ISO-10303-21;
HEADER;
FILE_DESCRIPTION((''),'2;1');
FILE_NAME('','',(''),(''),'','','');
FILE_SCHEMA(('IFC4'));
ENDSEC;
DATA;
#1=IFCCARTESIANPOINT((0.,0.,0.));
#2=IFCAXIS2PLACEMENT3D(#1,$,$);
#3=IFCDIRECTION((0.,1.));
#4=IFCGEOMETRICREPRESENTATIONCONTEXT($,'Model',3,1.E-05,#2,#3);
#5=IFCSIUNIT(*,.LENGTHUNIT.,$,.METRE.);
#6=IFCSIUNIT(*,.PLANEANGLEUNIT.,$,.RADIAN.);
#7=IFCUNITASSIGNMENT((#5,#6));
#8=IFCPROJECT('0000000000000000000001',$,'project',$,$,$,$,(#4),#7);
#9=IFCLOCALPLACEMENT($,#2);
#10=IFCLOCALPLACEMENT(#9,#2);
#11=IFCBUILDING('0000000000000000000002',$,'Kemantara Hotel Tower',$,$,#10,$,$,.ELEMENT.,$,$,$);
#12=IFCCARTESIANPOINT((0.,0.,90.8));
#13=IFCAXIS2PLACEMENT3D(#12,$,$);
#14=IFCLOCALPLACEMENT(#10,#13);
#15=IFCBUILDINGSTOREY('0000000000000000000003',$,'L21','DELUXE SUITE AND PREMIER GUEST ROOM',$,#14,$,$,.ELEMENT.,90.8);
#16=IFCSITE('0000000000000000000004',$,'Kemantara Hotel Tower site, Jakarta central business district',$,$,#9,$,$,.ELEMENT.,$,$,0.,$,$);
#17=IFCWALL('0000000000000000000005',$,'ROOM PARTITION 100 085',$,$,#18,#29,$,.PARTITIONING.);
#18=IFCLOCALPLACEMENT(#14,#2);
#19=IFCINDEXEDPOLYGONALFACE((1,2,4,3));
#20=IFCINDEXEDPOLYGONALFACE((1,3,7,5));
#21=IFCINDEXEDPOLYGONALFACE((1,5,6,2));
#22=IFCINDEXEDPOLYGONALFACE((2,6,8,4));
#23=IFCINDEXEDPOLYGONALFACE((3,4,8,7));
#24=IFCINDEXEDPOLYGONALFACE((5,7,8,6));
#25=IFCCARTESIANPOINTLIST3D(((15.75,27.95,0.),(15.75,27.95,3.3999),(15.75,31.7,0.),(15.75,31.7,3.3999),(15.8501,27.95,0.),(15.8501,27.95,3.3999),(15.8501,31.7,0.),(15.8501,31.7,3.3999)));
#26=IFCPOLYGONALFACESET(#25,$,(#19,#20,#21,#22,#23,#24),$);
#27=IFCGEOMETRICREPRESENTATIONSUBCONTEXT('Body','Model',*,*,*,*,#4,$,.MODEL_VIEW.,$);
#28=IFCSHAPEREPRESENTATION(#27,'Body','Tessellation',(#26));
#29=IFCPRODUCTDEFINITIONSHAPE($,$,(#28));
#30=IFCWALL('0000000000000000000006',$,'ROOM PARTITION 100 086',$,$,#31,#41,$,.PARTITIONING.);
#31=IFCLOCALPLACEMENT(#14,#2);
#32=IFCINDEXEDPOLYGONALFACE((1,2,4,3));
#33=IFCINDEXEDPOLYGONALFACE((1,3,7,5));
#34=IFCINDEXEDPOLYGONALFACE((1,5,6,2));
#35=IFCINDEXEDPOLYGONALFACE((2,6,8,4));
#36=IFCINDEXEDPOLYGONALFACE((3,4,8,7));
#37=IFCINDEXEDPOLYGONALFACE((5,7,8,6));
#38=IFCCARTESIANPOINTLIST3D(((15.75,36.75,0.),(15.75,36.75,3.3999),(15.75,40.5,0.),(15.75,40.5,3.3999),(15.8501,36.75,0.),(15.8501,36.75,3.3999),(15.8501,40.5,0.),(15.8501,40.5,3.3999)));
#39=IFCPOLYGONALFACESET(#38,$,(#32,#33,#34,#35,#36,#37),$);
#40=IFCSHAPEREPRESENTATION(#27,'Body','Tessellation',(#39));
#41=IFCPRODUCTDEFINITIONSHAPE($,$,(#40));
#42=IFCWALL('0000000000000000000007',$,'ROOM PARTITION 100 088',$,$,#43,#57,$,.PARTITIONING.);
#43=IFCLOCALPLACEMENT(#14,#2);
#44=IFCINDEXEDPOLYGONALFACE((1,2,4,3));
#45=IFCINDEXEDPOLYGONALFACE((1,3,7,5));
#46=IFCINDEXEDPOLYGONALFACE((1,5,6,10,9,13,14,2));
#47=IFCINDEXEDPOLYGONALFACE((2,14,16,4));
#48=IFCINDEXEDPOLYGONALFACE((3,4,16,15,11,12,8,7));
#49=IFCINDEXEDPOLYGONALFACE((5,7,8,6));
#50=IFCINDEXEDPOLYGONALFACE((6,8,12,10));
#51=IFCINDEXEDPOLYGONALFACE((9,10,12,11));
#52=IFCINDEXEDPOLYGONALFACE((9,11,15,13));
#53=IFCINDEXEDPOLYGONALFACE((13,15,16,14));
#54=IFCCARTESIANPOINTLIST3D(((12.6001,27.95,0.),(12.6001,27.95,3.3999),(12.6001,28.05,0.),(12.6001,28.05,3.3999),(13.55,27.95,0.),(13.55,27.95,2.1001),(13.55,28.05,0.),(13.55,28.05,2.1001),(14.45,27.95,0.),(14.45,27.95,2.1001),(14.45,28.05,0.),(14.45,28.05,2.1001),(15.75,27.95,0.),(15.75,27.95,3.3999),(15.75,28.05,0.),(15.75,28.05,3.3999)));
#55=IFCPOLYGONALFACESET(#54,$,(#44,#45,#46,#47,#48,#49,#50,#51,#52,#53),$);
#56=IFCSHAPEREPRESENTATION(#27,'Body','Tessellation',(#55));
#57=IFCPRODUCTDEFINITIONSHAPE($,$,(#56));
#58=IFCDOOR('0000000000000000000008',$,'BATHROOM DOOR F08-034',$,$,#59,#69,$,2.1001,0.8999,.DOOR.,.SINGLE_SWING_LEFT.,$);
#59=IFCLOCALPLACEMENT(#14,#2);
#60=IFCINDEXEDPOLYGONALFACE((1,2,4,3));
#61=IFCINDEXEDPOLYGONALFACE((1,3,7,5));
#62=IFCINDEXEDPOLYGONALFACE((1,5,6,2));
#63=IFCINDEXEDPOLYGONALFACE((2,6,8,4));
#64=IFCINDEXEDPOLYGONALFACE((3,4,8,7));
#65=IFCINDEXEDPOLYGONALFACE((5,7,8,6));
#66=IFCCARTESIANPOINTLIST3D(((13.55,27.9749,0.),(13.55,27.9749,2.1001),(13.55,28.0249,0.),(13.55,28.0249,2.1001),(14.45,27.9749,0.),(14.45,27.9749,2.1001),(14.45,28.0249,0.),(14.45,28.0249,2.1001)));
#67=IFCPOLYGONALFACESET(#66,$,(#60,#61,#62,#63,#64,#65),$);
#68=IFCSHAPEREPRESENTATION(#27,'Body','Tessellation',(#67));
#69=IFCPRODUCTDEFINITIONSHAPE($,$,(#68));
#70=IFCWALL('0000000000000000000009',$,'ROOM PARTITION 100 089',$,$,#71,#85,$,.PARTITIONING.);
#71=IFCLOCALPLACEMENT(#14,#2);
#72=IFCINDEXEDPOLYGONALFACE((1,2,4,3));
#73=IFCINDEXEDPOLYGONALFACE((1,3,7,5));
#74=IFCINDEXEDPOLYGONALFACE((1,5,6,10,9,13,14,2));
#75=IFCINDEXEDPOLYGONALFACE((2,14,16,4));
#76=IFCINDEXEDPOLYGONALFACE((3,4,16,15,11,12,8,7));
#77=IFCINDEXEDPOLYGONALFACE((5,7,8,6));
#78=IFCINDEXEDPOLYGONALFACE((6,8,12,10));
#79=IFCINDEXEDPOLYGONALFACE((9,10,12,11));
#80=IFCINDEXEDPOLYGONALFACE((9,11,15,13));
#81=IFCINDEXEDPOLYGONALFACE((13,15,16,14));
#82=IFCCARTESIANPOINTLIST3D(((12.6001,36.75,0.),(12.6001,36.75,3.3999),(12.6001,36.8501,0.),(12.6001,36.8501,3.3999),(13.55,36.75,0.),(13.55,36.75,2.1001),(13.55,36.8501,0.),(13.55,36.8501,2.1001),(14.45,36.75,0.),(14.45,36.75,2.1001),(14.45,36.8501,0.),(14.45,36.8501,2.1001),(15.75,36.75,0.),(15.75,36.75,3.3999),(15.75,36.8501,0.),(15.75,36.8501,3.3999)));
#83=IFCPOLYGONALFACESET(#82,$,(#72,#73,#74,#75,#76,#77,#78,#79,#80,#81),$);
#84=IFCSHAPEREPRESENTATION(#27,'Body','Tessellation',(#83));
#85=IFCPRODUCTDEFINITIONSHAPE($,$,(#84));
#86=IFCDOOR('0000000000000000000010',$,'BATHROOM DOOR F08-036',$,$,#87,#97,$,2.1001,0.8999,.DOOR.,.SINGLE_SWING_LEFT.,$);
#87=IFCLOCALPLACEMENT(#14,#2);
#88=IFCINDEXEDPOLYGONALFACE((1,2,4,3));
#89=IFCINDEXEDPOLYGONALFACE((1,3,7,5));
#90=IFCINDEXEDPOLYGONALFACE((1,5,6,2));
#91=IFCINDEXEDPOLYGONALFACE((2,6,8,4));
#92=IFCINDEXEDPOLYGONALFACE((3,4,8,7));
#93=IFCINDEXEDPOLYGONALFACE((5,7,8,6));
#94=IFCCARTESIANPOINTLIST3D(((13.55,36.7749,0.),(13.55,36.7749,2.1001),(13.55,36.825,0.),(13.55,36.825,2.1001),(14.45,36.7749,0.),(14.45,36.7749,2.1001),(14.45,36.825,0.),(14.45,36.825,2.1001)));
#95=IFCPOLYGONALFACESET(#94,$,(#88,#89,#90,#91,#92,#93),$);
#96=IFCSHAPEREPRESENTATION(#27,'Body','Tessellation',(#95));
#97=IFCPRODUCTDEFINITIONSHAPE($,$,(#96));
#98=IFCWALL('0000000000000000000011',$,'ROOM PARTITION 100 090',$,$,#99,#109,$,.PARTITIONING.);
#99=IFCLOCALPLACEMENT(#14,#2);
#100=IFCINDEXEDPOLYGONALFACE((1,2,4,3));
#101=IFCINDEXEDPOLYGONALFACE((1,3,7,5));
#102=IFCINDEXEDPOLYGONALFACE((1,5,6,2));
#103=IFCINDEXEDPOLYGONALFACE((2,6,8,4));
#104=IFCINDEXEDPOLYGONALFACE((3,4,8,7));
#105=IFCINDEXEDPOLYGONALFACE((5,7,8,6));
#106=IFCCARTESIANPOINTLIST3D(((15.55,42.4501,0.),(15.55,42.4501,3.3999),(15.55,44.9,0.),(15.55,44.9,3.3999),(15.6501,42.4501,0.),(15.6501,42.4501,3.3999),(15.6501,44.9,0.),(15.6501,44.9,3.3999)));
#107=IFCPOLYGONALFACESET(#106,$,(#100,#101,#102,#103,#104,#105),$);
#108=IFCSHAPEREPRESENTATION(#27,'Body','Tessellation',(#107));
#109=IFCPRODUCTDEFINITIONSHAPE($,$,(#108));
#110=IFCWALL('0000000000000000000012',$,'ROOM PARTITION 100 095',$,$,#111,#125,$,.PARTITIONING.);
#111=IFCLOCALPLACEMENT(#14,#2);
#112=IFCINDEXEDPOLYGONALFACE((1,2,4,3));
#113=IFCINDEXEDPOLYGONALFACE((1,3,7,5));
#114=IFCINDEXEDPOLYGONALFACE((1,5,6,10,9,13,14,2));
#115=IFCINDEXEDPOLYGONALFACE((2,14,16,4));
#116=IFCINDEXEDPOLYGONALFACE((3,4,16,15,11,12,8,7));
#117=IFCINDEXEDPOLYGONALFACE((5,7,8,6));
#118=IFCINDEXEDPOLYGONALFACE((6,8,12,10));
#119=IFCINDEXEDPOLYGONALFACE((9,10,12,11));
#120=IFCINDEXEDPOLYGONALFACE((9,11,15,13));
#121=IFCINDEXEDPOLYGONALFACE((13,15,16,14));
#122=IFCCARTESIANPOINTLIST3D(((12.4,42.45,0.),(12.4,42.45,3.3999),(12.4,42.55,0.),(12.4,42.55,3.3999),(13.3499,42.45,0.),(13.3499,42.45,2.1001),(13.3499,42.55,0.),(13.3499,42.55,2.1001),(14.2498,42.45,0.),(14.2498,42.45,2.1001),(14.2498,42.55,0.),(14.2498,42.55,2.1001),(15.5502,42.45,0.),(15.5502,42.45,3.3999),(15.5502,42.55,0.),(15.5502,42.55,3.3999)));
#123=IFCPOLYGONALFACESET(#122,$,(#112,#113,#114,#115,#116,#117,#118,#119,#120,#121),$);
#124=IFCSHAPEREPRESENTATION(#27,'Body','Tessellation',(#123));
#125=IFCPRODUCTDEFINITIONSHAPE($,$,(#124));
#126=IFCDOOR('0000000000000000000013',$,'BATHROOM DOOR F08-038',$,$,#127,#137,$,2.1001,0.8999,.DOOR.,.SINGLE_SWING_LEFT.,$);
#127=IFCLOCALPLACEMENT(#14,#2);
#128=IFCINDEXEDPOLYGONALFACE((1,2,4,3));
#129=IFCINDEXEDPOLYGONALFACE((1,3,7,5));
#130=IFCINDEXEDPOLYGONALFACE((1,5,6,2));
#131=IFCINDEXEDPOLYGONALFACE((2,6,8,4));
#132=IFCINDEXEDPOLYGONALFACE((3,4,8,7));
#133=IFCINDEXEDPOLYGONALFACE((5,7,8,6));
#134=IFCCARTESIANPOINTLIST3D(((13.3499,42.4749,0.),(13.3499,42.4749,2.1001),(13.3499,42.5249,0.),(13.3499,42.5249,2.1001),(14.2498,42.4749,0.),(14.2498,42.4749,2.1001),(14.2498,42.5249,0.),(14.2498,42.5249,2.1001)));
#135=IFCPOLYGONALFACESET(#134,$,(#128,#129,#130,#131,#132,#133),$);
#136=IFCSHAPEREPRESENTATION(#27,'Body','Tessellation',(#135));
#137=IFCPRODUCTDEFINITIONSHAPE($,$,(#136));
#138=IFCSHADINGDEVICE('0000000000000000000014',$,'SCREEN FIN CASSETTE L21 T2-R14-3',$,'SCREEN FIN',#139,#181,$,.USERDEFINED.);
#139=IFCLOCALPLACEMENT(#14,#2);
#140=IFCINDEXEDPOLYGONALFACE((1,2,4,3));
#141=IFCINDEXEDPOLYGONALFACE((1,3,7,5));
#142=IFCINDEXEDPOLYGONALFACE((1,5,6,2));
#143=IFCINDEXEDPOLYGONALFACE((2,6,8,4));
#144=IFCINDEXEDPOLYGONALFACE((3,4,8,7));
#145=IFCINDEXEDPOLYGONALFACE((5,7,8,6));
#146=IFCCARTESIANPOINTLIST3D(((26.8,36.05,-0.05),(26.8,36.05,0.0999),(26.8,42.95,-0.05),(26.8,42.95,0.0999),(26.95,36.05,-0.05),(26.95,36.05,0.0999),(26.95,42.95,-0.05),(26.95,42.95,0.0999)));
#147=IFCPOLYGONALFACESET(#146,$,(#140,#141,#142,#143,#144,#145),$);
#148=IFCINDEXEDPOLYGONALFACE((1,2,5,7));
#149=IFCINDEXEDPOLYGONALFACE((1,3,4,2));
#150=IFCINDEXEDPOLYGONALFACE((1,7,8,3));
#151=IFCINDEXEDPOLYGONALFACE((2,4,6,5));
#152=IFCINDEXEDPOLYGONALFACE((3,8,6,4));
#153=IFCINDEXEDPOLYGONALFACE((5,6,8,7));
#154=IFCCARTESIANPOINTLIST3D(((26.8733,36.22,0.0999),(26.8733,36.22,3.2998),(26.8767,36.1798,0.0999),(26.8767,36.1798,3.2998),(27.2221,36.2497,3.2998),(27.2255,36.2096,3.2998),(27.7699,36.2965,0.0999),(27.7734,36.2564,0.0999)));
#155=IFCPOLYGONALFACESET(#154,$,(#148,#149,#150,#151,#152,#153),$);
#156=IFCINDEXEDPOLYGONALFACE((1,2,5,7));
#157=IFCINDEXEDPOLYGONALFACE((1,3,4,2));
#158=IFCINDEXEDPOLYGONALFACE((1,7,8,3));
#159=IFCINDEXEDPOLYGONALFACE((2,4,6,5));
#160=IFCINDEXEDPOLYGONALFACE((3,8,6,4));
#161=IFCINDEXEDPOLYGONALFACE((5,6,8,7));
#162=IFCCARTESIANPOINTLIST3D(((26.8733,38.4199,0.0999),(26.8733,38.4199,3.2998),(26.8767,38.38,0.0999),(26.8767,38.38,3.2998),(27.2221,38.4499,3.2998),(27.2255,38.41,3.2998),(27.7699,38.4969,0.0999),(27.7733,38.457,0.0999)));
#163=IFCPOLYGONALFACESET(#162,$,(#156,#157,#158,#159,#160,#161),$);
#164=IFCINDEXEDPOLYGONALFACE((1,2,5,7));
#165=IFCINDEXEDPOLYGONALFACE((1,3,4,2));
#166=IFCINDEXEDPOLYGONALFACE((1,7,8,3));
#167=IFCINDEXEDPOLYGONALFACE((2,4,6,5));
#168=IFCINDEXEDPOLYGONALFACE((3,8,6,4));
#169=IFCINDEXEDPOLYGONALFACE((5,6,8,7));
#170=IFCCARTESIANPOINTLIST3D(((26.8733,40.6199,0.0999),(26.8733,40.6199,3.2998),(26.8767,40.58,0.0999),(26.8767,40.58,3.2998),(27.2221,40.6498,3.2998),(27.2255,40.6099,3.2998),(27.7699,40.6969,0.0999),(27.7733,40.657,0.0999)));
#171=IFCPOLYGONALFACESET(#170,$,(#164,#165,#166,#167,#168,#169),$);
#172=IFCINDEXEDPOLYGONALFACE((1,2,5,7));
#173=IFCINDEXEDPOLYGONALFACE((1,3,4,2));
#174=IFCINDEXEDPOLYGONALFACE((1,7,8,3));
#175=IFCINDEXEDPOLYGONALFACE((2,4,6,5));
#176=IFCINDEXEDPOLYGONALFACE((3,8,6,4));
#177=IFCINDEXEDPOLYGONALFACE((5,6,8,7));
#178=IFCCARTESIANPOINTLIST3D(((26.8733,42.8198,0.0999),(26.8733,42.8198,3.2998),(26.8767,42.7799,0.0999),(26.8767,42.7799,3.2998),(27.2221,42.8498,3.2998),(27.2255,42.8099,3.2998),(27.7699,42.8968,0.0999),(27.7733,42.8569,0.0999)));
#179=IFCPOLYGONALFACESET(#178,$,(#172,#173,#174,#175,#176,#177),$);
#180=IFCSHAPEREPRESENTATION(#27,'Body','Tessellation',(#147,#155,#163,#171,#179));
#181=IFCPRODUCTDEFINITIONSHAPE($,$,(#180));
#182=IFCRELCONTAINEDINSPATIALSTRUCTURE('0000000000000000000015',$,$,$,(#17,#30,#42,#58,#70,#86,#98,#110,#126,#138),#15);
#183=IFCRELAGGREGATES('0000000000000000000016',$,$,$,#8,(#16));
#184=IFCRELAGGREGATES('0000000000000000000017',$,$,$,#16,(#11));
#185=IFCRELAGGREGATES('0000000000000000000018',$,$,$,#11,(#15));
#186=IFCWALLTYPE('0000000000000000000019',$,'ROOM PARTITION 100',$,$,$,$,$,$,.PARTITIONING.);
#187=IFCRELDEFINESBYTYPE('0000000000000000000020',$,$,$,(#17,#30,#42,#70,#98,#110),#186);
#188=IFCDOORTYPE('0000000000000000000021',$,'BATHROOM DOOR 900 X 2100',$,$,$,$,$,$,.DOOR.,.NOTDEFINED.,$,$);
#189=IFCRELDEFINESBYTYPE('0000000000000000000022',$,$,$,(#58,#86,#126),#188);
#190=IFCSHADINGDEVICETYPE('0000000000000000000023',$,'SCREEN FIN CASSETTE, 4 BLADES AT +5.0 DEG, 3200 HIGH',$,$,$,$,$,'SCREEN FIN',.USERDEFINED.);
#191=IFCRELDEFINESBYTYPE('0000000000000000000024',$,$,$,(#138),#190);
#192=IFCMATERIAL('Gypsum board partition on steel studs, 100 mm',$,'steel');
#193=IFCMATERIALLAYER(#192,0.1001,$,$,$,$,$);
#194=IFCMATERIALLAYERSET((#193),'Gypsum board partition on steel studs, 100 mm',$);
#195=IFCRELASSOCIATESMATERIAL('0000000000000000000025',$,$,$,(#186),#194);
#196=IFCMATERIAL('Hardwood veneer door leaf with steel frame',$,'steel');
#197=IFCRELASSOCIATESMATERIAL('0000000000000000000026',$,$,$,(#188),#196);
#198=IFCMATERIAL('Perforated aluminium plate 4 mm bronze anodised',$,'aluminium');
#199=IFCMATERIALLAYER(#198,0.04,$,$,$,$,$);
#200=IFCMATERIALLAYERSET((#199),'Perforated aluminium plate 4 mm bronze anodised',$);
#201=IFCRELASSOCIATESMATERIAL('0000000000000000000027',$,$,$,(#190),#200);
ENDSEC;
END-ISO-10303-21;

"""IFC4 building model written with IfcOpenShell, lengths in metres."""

from ifc_helpers import new_model, si_unit, direction, frame, frame_2d, origin, origin_2d, place, context, subcontext, project, spatial, polyline, rectangle, outline, extrude, source, transform, mapped, material, layer, layer_set, type_object, element, fill, save


model = new_model("IFC4")

# Units and contexts
model_context = context("Model", 3, precision=1e-05, world=origin(), true_north=direction((0.0, 1.0)))
body_context = subcontext(model_context, "Body", "Model", "MODEL_VIEW")
ifc_project = project(units=[si_unit("LENGTHUNIT", "METRE"), si_unit("PLANEANGLEUNIT", "RADIAN")], contexts=[model_context])

# Site, building, storey
site_placement = place(None, origin())
site = spatial("IfcSite", under=ifc_project, at=site_placement, Name="Kemantara Hotel Tower site, Jakarta central business district", CompositionType="ELEMENT", RefElevation=0.0)
building_placement = place(site_placement, origin())
building = spatial("IfcBuilding", under=site, at=building_placement, Name="Kemantara Hotel Tower", CompositionType="ELEMENT")
storey_placement = place(building_placement, frame((0.0, 0.0, 90.8)))
storey = spatial("IfcBuildingStorey", under=building, at=storey_placement, Name="L21", Description="DELUXE SUITE AND PREMIER GUEST ROOM", CompositionType="ELEMENT", Elevation=90.8)

# Walls
ifc_material_1 = material(Name="Gypsum board partition on steel studs, 100 mm", Category="steel")
ifc_layer_1 = layer(ifc_material_1, 0.1001)
ifc_layer_set_1 = layer_set([ifc_layer_1], Name="Gypsum board partition on steel studs, 100 mm")
wall_type_1 = type_object("IfcWallType", Name="ROOM PARTITION 100", PredefinedType="PARTITIONING", material=ifc_layer_set_1)
for number, where, z_axis, x_axis, name in (
    (1, (15.8, 27.95, 0.0), (0.0, 0.0, 1.0), (0.0, 1.0, 0.0), "ROOM PARTITION 100 085"),
    (2, (15.8, 36.75, 0.0), (0.0, 0.0, 1.0), (0.0, 1.0, 0.0), "ROOM PARTITION 100 086"),
):
    element("IfcWall", number, at=place(storey_placement, frame(where, z_axis=z_axis, x_axis=x_axis)), inside=storey, type_object=wall_type_1, Name=name, PredefinedType="PARTITIONING", context=body_context, shape_type="SweptSolid", body=[
        extrude(rectangle(XDim=3.75, YDim=0.1001, at=frame_2d((1.875, 0.0))), origin(), (0.0, 0.0, 1.0), 3.3999),
    ])

# Walls, openings, doors
wall_1_placement = place(storey_placement, frame((12.6001, 28.0, 0.0), z_axis=(0.0, 0.0, 1.0), x_axis=(1.0, 0.0, 0.0)))
wall_1 = element("IfcWall", 3, at=wall_1_placement, inside=storey, type_object=wall_type_1, Name="ROOM PARTITION 100 088", PredefinedType="PARTITIONING", context=body_context, shape_type="SweptSolid", body=[
    extrude(rectangle(XDim=3.1499, YDim=0.1001, at=frame_2d((1.575, 0.0))), origin(), (0.0, 0.0, 1.0), 3.3999),
])
opening_1_placement = place(wall_1_placement, frame((0.95, 0.0, 0.0)))
opening_1 = element("IfcOpeningElement", 4, at=opening_1_placement, cuts=wall_1, PredefinedType="OPENING", context=body_context, shape_type="SweptSolid", body=[
    extrude(rectangle(XDim=0.8999, YDim=2.1001, at=frame_2d((0.45, 1.05))), frame((0.0, 0.0601, 0.0), z_axis=(0.0, -1.0, 0.0), x_axis=(1.0, 0.0, 0.0)), (0.0, 0.0, 1.0), 0.1201),
])
ifc_material_2 = material(Name="Hardwood veneer door leaf with steel frame", Category="steel")
door_type = type_object("IfcDoorType", Name="BATHROOM DOOR 900 X 2100", OperationType="NOTDEFINED", PredefinedType="DOOR", material=ifc_material_2)
door_1_placement = place(opening_1_placement, origin())
door_1 = element("IfcDoor", 5, at=door_1_placement, inside=storey, type_object=door_type, Name="BATHROOM DOOR F08-034", OperationType="SINGLE_SWING_LEFT", OverallHeight=2.1001, OverallWidth=0.8999, PredefinedType="DOOR", context=body_context, shape_type="SweptSolid", body=[
    extrude(rectangle(XDim=0.8999, YDim=2.1001, at=frame_2d((0.45, 1.05))), frame((0.0, 0.0249, 0.0), z_axis=(0.0, -1.0, 0.0), x_axis=(1.0, 0.0, 0.0)), (0.0, 0.0, 1.0), 0.05),
])
fill(opening_1, door_1)
wall_2_placement = place(storey_placement, frame((12.6001, 36.8, 0.0), z_axis=(0.0, 0.0, 1.0), x_axis=(1.0, 0.0, 0.0)))
wall_2 = element("IfcWall", 6, at=wall_2_placement, inside=storey, type_object=wall_type_1, Name="ROOM PARTITION 100 089", PredefinedType="PARTITIONING", context=body_context, shape_type="SweptSolid", body=[
    extrude(rectangle(XDim=3.1499, YDim=0.1001, at=frame_2d((1.575, 0.0))), origin(), (0.0, 0.0, 1.0), 3.3999),
])
opening_2_placement = place(wall_2_placement, frame((0.95, 0.0, 0.0)))
opening_2 = element("IfcOpeningElement", 7, at=opening_2_placement, cuts=wall_2, PredefinedType="OPENING", context=body_context, shape_type="SweptSolid", body=[
    extrude(rectangle(XDim=0.8999, YDim=2.1001, at=frame_2d((0.45, 1.05))), frame((0.0, 0.0601, 0.0), z_axis=(0.0, -1.0, 0.0), x_axis=(1.0, 0.0, 0.0)), (0.0, 0.0, 1.0), 0.1201),
])
door_2_placement = place(opening_2_placement, origin())
door_2 = element("IfcDoor", 8, at=door_2_placement, inside=storey, type_object=door_type, Name="BATHROOM DOOR F08-036", OperationType="SINGLE_SWING_LEFT", OverallHeight=2.1001, OverallWidth=0.8999, PredefinedType="DOOR", context=body_context, shape_type="SweptSolid", body=[
    extrude(rectangle(XDim=0.8999, YDim=2.1001, at=frame_2d((0.45, 1.05))), frame((0.0, 0.0249, 0.0), z_axis=(0.0, -1.0, 0.0), x_axis=(1.0, 0.0, 0.0)), (0.0, 0.0, 1.0), 0.05),
])
fill(opening_2, door_2)

# Wall
wall_3_placement = place(storey_placement, frame((15.6001, 42.45, 0.0), z_axis=(0.0, 0.0, 1.0), x_axis=(0.0, 1.0, 0.0)))
element("IfcWall", 9, at=wall_3_placement, inside=storey, type_object=wall_type_1, Name="ROOM PARTITION 100 090", PredefinedType="PARTITIONING", context=body_context, shape_type="SweptSolid", body=[
    extrude(rectangle(XDim=2.45, YDim=0.1001, at=frame_2d((1.2251, 0.0))), origin(), (0.0, 0.0, 1.0), 3.3999),
])

# Wall, opening, door
wall_4_placement = place(storey_placement, frame((12.3999, 42.5, 0.0), z_axis=(0.0, 0.0, 1.0), x_axis=(1.0, 0.0, 0.0)))
wall_4 = element("IfcWall", 10, at=wall_4_placement, inside=storey, type_object=wall_type_1, Name="ROOM PARTITION 100 095", PredefinedType="PARTITIONING", context=body_context, shape_type="SweptSolid", body=[
    extrude(rectangle(XDim=3.1501, YDim=0.1001, at=frame_2d((1.5752, 0.0))), origin(), (0.0, 0.0, 1.0), 3.3999),
])
opening_3_placement = place(wall_4_placement, frame((0.95, 0.0, 0.0)))
opening_3 = element("IfcOpeningElement", 11, at=opening_3_placement, cuts=wall_4, PredefinedType="OPENING", context=body_context, shape_type="SweptSolid", body=[
    extrude(rectangle(XDim=0.8999, YDim=2.1001, at=frame_2d((0.45, 1.05))), frame((0.0, 0.0601, 0.0), z_axis=(0.0, -1.0, 0.0), x_axis=(1.0, 0.0, 0.0)), (0.0, 0.0, 1.0), 0.1201),
])
door_3_placement = place(opening_3_placement, origin())
door_3 = element("IfcDoor", 12, at=door_3_placement, inside=storey, type_object=door_type, Name="BATHROOM DOOR F08-038", OperationType="SINGLE_SWING_LEFT", OverallHeight=2.1001, OverallWidth=0.8999, PredefinedType="DOOR", context=body_context, shape_type="SweptSolid", body=[
    extrude(rectangle(XDim=0.8999, YDim=2.1001, at=frame_2d((0.45, 1.05))), frame((0.0, 0.0249, 0.0), z_axis=(0.0, -1.0, 0.0), x_axis=(1.0, 0.0, 0.0)), (0.0, 0.0, 1.0), 0.05),
])
fill(opening_3, door_3)

# Shading device
ifc_material_3 = material(Name="Perforated aluminium plate 4 mm bronze anodised", Category="aluminium")
ifc_layer_2 = layer(ifc_material_3, 0.04)
ifc_layer_set_2 = layer_set([ifc_layer_2], Name="Perforated aluminium plate 4 mm bronze anodised")
shading_device_type_1 = type_object("IfcShadingDeviceType", Name="SCREEN FIN CASSETTE, 4 BLADES AT +5.0 DEG, 3200 HIGH", ElementType="SCREEN FIN", PredefinedType="USERDEFINED", material=ifc_layer_set_2)
shared_shape_1 = source(origin(), body_context, "Body", "SweptSolid", [
    extrude(rectangle(XDim=6.8999, YDim=0.1499, at=origin_2d()), frame((3.3, -0.075, -0.1499), z_axis=(0.0, 0.0, 1.0), x_axis=(1.0, 0.0, 0.0)), (0.0, 0.0, 1.0), 0.1499),
    extrude(outline(polyline([(0.0, 0.0), (0.8999, 0.0), (0.3501, 3.2), (0.0, 3.2), (0.0, 0.0)])), frame((0.02, -0.0732, 0.0), z_axis=(-0.996376, -0.085056, 0.0), x_axis=(0.085056, -0.996376, 0.0)), (0.0, 0.0, 1.0), 0.0403),
    extrude(outline(polyline([(0.0, 0.0), (0.8999, 0.0), (0.3501, 3.2), (0.0, 3.2), (0.0, 0.0)])), frame((2.22, -0.0732, 0.0), z_axis=(-0.996332, -0.085575, 0.0), x_axis=(0.085575, -0.996332, 0.0)), (0.0, 0.0, 1.0), 0.04),
    extrude(outline(polyline([(0.0, 0.0), (0.8999, 0.0), (0.3501, 3.2), (0.0, 3.2), (0.0, 0.0)])), frame((4.4199, -0.0732, 0.0), z_axis=(-0.996332, -0.085575, 0.0), x_axis=(0.085575, -0.996332, 0.0)), (0.0, 0.0, 1.0), 0.04),
    extrude(outline(polyline([(0.0, 0.0), (0.8999, 0.0), (0.3501, 3.2), (0.0, 3.2), (0.0, 0.0)])), frame((6.6199, -0.0732, 0.0), z_axis=(-0.996332, -0.085575, 0.0), x_axis=(0.085575, -0.996332, 0.0)), (0.0, 0.0, 1.0), 0.04),
])
shading_device_1_placement = place(storey_placement, frame((26.8, 36.2, 0.0999), z_axis=(0.0, 0.0, 1.0), x_axis=(0.0, 1.0, 0.0)))
element("IfcShadingDevice", 13, at=shading_device_1_placement, inside=storey, type_object=shading_device_type_1, Name="SCREEN FIN CASSETTE L21 T2-R14-3", ObjectType="SCREEN FIN", PredefinedType="USERDEFINED", context=body_context, shape_type="MappedRepresentation", body=[
    mapped(shared_shape_1, transform((0.0, 0.0, 0.0))),
])

save(model, "model.ifc")
